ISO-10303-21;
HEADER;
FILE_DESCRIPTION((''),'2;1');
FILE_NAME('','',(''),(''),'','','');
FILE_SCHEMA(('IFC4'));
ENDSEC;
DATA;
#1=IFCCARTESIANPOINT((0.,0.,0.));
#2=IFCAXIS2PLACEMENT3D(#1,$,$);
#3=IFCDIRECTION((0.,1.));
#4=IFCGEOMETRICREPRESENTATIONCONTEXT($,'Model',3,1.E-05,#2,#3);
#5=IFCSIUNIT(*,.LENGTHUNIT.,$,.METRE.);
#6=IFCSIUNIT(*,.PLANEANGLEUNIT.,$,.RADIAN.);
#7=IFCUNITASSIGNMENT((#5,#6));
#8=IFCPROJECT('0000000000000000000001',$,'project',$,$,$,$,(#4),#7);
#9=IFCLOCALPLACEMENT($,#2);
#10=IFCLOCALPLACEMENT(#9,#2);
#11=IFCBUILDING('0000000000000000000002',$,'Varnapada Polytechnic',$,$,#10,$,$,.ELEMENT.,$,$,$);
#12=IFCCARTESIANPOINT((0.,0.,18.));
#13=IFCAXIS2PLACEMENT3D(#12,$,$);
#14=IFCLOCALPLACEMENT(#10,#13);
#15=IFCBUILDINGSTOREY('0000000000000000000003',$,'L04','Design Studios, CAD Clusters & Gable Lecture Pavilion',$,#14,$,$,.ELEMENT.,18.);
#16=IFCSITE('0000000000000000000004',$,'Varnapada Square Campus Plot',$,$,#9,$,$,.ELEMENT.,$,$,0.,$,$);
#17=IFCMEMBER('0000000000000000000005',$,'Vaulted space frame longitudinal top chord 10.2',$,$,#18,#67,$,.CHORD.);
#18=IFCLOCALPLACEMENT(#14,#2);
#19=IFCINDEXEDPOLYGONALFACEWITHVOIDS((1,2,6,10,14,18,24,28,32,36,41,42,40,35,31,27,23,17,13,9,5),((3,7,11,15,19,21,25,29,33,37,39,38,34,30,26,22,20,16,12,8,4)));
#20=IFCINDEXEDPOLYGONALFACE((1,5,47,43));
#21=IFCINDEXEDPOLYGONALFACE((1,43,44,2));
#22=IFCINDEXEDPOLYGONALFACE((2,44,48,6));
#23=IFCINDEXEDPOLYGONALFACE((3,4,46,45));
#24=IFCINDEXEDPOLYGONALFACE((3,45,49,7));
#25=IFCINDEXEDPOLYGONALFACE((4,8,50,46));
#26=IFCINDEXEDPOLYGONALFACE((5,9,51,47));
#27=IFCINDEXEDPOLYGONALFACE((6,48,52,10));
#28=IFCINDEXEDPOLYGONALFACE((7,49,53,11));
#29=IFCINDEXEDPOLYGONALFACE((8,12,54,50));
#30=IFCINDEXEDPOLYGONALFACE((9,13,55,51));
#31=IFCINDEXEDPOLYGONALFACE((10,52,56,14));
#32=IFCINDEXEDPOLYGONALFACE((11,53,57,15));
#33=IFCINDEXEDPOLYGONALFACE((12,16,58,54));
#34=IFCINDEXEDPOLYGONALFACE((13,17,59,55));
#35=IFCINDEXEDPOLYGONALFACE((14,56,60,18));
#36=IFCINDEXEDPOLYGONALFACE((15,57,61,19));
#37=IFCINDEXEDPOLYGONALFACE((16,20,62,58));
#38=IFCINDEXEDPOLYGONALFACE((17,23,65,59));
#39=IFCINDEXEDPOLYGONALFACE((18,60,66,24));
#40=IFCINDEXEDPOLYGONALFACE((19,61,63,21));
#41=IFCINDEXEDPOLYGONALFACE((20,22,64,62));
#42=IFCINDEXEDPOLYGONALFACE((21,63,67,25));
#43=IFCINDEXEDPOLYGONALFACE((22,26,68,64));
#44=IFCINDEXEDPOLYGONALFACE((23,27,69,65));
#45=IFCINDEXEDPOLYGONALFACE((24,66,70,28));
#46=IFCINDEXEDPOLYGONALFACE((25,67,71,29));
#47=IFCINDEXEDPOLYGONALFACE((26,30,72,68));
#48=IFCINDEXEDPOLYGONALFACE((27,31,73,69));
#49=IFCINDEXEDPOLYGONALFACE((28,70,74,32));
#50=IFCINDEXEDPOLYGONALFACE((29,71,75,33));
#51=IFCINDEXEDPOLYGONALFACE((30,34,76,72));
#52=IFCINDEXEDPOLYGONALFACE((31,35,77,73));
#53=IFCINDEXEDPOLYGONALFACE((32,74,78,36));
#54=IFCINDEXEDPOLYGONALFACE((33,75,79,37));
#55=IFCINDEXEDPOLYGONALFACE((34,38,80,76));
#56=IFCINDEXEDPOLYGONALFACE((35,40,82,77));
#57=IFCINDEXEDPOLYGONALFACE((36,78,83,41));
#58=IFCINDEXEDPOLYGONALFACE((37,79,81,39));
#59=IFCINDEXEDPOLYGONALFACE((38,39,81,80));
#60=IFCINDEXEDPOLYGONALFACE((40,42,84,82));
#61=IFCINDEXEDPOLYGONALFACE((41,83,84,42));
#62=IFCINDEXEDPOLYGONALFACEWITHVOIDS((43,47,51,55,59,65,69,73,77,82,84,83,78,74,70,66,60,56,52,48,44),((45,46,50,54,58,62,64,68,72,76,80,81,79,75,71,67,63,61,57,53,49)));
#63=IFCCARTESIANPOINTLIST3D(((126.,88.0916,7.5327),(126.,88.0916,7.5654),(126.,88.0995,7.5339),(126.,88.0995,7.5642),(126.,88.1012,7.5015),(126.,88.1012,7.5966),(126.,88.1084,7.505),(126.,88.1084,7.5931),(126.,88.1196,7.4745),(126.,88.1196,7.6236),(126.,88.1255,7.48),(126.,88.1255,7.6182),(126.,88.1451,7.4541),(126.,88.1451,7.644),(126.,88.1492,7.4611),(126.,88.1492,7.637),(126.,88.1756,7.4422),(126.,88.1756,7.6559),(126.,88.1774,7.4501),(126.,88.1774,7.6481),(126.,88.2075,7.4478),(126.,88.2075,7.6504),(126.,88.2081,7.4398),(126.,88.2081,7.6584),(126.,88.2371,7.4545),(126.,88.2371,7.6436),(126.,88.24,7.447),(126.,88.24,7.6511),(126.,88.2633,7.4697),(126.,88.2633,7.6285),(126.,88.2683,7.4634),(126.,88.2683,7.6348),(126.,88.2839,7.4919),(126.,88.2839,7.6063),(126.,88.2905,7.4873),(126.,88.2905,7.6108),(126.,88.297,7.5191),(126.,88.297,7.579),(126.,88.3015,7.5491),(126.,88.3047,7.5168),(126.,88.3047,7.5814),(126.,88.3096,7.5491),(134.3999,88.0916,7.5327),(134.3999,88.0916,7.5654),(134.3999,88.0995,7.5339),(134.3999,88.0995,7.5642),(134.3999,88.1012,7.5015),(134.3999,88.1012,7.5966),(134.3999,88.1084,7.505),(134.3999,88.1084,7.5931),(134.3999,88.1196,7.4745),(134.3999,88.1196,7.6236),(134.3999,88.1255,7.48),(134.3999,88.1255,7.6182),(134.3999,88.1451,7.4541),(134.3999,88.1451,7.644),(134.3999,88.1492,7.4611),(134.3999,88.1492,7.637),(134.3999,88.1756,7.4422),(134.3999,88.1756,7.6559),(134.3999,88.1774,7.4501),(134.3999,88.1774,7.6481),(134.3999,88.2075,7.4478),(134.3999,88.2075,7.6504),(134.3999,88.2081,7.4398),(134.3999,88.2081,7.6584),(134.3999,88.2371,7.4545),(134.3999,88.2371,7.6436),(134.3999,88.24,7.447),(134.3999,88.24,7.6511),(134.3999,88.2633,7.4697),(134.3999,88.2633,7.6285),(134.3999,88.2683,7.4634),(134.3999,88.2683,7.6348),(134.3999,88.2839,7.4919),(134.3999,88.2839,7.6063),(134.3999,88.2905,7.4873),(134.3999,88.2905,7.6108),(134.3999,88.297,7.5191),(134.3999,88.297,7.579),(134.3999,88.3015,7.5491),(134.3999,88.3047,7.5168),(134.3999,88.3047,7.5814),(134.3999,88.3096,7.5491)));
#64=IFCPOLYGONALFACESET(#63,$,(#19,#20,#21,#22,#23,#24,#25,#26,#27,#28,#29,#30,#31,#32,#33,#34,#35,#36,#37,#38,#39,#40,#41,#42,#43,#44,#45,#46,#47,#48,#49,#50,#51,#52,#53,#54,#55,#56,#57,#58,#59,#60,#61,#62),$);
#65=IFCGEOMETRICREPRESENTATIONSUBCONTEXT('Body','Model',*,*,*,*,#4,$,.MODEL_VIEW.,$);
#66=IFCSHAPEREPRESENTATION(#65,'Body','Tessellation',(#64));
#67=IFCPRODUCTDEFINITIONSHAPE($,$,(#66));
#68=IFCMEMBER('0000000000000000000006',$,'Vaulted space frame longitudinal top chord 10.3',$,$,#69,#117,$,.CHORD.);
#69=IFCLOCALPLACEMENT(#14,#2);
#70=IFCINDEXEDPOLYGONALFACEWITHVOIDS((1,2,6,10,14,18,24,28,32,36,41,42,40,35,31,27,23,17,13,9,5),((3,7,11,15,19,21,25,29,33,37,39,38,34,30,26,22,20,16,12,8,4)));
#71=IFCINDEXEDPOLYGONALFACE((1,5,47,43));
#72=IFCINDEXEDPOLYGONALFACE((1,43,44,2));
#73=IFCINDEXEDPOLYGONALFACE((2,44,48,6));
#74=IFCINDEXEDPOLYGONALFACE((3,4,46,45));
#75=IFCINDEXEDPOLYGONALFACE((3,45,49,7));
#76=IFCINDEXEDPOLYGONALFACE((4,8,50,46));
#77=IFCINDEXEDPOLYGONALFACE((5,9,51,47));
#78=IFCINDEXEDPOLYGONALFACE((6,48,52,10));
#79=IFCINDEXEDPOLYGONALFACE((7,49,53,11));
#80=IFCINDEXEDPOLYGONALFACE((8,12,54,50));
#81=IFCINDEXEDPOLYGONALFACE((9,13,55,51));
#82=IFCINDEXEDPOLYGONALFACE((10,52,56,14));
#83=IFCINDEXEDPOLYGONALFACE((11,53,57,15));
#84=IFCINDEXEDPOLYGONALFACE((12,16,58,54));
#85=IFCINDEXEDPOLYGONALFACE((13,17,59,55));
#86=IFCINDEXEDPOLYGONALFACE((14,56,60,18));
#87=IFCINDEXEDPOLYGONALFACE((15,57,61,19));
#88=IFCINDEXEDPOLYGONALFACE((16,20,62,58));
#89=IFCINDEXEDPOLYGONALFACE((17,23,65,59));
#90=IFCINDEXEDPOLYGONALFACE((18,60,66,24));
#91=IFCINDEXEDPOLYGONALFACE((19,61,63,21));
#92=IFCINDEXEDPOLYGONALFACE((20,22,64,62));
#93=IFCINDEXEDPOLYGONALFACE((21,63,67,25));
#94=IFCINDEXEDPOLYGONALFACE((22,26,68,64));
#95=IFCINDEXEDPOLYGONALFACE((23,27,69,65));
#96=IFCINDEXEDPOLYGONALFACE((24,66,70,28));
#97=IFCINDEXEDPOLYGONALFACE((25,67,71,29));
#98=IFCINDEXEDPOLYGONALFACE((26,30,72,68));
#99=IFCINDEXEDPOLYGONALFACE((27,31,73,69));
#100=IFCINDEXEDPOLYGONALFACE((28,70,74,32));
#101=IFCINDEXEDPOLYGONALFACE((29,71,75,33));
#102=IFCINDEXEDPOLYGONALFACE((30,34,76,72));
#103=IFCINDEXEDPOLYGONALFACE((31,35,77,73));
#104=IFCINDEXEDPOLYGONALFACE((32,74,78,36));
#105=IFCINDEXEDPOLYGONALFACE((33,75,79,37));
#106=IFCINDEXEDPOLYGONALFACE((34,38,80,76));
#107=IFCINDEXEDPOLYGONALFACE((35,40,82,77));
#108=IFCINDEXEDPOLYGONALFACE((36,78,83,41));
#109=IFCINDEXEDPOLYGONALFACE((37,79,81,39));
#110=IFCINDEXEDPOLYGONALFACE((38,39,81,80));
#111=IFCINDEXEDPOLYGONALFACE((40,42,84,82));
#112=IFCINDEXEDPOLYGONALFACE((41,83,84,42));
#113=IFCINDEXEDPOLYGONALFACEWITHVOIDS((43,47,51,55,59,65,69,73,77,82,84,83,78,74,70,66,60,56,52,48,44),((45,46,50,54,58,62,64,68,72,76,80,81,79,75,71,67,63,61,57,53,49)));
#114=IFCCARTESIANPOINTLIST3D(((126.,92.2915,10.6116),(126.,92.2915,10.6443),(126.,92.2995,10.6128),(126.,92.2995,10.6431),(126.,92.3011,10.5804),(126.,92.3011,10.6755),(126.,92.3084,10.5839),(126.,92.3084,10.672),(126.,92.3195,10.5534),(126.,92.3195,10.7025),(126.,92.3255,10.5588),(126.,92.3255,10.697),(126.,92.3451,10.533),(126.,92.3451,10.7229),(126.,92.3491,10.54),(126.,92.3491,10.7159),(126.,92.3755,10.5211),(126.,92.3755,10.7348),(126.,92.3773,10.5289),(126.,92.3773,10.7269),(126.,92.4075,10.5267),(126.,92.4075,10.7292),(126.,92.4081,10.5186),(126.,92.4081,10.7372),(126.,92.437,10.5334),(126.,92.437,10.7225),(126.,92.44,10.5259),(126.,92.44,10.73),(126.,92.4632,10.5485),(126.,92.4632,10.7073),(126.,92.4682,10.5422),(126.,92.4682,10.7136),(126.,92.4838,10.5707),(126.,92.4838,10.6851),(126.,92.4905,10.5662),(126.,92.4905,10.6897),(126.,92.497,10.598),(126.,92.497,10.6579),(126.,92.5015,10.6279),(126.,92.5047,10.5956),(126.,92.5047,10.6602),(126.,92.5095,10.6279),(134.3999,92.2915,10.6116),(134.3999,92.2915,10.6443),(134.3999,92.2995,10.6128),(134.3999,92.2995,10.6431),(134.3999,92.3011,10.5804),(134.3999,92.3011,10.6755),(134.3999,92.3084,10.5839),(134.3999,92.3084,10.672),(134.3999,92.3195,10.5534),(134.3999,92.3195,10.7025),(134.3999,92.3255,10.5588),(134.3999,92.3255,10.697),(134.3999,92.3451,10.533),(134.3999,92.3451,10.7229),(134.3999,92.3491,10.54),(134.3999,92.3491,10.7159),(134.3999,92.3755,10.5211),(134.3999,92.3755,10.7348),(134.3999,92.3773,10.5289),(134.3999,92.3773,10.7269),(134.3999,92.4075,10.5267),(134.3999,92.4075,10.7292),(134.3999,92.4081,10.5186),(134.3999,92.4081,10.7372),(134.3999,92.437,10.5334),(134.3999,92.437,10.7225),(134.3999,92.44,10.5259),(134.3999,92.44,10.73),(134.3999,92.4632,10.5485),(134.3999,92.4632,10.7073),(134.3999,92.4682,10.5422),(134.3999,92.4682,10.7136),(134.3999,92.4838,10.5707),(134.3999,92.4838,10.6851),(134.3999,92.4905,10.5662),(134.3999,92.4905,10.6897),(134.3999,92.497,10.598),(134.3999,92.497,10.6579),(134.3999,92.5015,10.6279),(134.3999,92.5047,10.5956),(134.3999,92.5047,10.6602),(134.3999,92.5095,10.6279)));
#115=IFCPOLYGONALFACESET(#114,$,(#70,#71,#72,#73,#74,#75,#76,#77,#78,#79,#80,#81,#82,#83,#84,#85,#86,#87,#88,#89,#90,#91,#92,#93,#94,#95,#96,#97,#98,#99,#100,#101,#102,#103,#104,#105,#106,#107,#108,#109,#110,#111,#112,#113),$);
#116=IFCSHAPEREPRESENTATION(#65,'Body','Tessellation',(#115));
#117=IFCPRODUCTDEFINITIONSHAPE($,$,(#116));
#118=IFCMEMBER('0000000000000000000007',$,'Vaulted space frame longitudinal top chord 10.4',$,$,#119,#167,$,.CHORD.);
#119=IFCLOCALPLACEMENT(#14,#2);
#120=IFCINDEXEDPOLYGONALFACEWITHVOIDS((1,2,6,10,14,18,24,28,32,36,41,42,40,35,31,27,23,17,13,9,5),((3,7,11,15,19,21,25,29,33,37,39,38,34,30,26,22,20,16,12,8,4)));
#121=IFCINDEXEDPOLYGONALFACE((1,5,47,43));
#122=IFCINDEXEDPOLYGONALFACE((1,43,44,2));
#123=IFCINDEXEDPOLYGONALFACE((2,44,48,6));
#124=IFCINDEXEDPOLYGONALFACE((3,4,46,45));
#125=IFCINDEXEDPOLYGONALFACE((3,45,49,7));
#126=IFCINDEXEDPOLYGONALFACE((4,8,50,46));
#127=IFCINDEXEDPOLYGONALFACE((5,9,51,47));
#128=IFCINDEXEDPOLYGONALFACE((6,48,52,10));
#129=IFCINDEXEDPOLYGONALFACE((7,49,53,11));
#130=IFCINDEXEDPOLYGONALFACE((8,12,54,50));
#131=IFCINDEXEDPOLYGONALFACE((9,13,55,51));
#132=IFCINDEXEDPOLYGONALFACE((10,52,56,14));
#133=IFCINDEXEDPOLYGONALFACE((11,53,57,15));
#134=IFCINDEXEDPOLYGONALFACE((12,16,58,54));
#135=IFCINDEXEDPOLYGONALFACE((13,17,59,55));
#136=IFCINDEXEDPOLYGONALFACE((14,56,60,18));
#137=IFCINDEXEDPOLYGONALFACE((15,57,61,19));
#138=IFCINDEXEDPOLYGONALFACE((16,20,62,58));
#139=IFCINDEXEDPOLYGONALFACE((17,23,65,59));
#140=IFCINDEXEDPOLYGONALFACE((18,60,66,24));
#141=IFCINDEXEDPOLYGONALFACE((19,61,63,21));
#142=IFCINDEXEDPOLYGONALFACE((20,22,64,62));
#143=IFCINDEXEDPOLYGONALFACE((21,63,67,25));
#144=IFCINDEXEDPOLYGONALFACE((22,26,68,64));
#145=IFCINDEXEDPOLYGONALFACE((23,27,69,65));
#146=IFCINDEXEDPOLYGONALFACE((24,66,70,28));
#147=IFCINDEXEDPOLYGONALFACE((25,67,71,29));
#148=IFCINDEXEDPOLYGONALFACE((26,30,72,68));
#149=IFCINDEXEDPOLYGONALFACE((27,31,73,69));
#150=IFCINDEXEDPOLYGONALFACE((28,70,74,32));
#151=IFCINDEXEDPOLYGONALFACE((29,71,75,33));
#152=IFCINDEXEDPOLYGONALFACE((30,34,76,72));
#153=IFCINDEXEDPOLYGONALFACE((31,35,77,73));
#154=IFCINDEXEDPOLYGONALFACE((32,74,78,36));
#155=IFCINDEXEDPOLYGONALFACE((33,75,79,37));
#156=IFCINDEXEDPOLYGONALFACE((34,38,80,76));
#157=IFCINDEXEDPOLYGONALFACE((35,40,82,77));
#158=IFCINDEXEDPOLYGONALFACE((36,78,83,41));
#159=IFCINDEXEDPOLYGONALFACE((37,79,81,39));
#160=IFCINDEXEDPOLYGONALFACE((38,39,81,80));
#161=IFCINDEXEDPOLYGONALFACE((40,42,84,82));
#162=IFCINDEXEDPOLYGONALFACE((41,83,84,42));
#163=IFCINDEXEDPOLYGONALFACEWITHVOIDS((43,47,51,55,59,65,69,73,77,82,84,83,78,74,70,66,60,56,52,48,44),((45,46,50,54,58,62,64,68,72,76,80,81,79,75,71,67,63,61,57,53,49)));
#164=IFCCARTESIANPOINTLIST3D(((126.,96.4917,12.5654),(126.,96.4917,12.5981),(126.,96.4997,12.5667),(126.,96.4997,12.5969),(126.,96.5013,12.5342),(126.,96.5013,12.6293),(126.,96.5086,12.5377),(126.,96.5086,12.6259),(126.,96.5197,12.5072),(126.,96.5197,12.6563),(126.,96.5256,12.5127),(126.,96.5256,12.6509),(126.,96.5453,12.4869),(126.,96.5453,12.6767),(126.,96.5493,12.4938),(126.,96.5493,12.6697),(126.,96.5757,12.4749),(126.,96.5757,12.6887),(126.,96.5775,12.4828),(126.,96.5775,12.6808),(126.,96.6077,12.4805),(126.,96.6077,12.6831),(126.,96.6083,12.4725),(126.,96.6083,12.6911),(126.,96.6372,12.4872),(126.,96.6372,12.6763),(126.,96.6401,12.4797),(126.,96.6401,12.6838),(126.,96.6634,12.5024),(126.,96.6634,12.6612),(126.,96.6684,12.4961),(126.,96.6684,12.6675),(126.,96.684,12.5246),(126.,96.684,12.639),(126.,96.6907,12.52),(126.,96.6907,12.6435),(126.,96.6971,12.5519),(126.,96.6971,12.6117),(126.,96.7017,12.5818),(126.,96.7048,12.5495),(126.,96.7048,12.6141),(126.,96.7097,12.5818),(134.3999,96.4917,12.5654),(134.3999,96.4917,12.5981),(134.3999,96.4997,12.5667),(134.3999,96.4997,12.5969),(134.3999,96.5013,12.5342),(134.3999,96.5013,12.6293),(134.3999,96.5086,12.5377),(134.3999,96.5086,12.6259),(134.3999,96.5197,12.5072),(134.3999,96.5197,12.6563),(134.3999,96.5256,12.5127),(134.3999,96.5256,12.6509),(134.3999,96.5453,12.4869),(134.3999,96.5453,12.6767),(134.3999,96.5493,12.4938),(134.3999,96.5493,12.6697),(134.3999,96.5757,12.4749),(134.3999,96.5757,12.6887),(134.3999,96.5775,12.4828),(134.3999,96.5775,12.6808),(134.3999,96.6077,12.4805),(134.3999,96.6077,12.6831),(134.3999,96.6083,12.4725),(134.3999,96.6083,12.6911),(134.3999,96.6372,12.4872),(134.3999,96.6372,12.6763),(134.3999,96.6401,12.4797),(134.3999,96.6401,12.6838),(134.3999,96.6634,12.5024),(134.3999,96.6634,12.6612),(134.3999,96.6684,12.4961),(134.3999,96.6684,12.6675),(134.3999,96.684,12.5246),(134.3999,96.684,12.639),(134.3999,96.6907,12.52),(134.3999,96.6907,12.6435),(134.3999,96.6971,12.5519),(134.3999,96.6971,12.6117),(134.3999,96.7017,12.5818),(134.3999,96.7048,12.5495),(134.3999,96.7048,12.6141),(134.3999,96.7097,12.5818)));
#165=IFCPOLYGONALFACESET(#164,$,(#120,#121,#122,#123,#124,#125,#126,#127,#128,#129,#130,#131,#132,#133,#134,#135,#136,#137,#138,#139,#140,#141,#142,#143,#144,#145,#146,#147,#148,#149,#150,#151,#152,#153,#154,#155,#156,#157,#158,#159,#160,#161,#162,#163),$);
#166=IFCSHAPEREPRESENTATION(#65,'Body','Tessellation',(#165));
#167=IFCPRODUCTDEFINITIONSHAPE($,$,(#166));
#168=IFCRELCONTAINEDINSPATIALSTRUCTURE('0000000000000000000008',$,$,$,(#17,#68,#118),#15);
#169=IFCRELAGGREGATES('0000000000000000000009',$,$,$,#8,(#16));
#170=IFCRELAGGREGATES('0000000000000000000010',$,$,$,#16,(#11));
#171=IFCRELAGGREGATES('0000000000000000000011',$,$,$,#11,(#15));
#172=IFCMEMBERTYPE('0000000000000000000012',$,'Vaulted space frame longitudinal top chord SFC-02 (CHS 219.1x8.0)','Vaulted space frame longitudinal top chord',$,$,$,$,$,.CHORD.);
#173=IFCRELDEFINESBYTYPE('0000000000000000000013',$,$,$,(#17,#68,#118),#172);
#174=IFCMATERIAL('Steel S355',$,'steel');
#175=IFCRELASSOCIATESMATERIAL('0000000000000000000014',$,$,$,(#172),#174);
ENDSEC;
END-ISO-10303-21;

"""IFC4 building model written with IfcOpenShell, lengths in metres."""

from ifc_helpers import new_model, si_unit, direction, frame, origin, origin_2d, place, context, subcontext, project, spatial, hollow_circle, extrude, material, material_profile, profile_set, type_object, element, save


model = new_model("IFC4")

# Units and contexts
model_context = context("Model", 3, precision=1e-05, world=origin(), true_north=direction((0.0, 1.0)))
body_context = subcontext(model_context, "Body", "Model", "MODEL_VIEW")
ifc_project = project(units=[si_unit("LENGTHUNIT", "METRE"), si_unit("PLANEANGLEUNIT", "RADIAN")], contexts=[model_context])

# Site, building, storey
site_placement = place(None, origin())
site = spatial("IfcSite", under=ifc_project, at=site_placement, Name="Varnapada Square Campus Plot", CompositionType="ELEMENT", RefElevation=0.0)
building_placement = place(site_placement, origin())
building = spatial("IfcBuilding", under=site, at=building_placement, Name="Varnapada Polytechnic", CompositionType="ELEMENT")
storey_placement = place(building_placement, frame((0.0, 0.0, 18.0)))
storey = spatial("IfcBuildingStorey", under=building, at=storey_placement, Name="L04", Description="Design Studios, CAD Clusters & Gable Lecture Pavilion", CompositionType="ELEMENT", Elevation=18.0)

# Shared definitions
ifc_material = material(Name="Steel S355", Category="steel")

# Members
ifc_material_profile_1 = material_profile(ifc_material, hollow_circle(Radius=0.1096, WallThickness=0.0081, at=origin_2d()), Name="CHS 219.1x8.0")
ifc_profile_set_1 = profile_set([ifc_material_profile_1], Name="Steel S355")
member_type_1 = type_object("IfcMemberType", Name="Vaulted space frame longitudinal top chord SFC-02 (CHS 219.1x8.0)", Description="Vaulted space frame longitudinal top chord", PredefinedType="CHORD", material=ifc_profile_set_1)
for number, where, z_axis, x_axis, name in (
    (1, (126.0, 88.2, 7.5491), (1.0, 0.0, 0.0), (0.0, 1.0, 0.0), "Vaulted space frame longitudinal top chord 10.2"),
    (2, (126.0, 92.3999, 10.6279), (1.0, 0.0, 0.0), (0.0, 1.0, 0.0), "Vaulted space frame longitudinal top chord 10.3"),
    (3, (126.0, 96.6001, 12.5818), (1.0, 0.0, 0.0), (0.0, 1.0, 0.0), "Vaulted space frame longitudinal top chord 10.4"),
):
    element("IfcMember", number, at=place(storey_placement, frame(where, z_axis=z_axis, x_axis=x_axis)), inside=storey, type_object=member_type_1, Name=name, PredefinedType="CHORD", context=body_context, shape_type="SweptSolid", body=[
        extrude(hollow_circle(Radius=0.1096, WallThickness=0.0081, at=origin_2d()), origin(), (0.0, 0.0, 1.0), 8.3999),
    ])

save(model, "model.ifc")
